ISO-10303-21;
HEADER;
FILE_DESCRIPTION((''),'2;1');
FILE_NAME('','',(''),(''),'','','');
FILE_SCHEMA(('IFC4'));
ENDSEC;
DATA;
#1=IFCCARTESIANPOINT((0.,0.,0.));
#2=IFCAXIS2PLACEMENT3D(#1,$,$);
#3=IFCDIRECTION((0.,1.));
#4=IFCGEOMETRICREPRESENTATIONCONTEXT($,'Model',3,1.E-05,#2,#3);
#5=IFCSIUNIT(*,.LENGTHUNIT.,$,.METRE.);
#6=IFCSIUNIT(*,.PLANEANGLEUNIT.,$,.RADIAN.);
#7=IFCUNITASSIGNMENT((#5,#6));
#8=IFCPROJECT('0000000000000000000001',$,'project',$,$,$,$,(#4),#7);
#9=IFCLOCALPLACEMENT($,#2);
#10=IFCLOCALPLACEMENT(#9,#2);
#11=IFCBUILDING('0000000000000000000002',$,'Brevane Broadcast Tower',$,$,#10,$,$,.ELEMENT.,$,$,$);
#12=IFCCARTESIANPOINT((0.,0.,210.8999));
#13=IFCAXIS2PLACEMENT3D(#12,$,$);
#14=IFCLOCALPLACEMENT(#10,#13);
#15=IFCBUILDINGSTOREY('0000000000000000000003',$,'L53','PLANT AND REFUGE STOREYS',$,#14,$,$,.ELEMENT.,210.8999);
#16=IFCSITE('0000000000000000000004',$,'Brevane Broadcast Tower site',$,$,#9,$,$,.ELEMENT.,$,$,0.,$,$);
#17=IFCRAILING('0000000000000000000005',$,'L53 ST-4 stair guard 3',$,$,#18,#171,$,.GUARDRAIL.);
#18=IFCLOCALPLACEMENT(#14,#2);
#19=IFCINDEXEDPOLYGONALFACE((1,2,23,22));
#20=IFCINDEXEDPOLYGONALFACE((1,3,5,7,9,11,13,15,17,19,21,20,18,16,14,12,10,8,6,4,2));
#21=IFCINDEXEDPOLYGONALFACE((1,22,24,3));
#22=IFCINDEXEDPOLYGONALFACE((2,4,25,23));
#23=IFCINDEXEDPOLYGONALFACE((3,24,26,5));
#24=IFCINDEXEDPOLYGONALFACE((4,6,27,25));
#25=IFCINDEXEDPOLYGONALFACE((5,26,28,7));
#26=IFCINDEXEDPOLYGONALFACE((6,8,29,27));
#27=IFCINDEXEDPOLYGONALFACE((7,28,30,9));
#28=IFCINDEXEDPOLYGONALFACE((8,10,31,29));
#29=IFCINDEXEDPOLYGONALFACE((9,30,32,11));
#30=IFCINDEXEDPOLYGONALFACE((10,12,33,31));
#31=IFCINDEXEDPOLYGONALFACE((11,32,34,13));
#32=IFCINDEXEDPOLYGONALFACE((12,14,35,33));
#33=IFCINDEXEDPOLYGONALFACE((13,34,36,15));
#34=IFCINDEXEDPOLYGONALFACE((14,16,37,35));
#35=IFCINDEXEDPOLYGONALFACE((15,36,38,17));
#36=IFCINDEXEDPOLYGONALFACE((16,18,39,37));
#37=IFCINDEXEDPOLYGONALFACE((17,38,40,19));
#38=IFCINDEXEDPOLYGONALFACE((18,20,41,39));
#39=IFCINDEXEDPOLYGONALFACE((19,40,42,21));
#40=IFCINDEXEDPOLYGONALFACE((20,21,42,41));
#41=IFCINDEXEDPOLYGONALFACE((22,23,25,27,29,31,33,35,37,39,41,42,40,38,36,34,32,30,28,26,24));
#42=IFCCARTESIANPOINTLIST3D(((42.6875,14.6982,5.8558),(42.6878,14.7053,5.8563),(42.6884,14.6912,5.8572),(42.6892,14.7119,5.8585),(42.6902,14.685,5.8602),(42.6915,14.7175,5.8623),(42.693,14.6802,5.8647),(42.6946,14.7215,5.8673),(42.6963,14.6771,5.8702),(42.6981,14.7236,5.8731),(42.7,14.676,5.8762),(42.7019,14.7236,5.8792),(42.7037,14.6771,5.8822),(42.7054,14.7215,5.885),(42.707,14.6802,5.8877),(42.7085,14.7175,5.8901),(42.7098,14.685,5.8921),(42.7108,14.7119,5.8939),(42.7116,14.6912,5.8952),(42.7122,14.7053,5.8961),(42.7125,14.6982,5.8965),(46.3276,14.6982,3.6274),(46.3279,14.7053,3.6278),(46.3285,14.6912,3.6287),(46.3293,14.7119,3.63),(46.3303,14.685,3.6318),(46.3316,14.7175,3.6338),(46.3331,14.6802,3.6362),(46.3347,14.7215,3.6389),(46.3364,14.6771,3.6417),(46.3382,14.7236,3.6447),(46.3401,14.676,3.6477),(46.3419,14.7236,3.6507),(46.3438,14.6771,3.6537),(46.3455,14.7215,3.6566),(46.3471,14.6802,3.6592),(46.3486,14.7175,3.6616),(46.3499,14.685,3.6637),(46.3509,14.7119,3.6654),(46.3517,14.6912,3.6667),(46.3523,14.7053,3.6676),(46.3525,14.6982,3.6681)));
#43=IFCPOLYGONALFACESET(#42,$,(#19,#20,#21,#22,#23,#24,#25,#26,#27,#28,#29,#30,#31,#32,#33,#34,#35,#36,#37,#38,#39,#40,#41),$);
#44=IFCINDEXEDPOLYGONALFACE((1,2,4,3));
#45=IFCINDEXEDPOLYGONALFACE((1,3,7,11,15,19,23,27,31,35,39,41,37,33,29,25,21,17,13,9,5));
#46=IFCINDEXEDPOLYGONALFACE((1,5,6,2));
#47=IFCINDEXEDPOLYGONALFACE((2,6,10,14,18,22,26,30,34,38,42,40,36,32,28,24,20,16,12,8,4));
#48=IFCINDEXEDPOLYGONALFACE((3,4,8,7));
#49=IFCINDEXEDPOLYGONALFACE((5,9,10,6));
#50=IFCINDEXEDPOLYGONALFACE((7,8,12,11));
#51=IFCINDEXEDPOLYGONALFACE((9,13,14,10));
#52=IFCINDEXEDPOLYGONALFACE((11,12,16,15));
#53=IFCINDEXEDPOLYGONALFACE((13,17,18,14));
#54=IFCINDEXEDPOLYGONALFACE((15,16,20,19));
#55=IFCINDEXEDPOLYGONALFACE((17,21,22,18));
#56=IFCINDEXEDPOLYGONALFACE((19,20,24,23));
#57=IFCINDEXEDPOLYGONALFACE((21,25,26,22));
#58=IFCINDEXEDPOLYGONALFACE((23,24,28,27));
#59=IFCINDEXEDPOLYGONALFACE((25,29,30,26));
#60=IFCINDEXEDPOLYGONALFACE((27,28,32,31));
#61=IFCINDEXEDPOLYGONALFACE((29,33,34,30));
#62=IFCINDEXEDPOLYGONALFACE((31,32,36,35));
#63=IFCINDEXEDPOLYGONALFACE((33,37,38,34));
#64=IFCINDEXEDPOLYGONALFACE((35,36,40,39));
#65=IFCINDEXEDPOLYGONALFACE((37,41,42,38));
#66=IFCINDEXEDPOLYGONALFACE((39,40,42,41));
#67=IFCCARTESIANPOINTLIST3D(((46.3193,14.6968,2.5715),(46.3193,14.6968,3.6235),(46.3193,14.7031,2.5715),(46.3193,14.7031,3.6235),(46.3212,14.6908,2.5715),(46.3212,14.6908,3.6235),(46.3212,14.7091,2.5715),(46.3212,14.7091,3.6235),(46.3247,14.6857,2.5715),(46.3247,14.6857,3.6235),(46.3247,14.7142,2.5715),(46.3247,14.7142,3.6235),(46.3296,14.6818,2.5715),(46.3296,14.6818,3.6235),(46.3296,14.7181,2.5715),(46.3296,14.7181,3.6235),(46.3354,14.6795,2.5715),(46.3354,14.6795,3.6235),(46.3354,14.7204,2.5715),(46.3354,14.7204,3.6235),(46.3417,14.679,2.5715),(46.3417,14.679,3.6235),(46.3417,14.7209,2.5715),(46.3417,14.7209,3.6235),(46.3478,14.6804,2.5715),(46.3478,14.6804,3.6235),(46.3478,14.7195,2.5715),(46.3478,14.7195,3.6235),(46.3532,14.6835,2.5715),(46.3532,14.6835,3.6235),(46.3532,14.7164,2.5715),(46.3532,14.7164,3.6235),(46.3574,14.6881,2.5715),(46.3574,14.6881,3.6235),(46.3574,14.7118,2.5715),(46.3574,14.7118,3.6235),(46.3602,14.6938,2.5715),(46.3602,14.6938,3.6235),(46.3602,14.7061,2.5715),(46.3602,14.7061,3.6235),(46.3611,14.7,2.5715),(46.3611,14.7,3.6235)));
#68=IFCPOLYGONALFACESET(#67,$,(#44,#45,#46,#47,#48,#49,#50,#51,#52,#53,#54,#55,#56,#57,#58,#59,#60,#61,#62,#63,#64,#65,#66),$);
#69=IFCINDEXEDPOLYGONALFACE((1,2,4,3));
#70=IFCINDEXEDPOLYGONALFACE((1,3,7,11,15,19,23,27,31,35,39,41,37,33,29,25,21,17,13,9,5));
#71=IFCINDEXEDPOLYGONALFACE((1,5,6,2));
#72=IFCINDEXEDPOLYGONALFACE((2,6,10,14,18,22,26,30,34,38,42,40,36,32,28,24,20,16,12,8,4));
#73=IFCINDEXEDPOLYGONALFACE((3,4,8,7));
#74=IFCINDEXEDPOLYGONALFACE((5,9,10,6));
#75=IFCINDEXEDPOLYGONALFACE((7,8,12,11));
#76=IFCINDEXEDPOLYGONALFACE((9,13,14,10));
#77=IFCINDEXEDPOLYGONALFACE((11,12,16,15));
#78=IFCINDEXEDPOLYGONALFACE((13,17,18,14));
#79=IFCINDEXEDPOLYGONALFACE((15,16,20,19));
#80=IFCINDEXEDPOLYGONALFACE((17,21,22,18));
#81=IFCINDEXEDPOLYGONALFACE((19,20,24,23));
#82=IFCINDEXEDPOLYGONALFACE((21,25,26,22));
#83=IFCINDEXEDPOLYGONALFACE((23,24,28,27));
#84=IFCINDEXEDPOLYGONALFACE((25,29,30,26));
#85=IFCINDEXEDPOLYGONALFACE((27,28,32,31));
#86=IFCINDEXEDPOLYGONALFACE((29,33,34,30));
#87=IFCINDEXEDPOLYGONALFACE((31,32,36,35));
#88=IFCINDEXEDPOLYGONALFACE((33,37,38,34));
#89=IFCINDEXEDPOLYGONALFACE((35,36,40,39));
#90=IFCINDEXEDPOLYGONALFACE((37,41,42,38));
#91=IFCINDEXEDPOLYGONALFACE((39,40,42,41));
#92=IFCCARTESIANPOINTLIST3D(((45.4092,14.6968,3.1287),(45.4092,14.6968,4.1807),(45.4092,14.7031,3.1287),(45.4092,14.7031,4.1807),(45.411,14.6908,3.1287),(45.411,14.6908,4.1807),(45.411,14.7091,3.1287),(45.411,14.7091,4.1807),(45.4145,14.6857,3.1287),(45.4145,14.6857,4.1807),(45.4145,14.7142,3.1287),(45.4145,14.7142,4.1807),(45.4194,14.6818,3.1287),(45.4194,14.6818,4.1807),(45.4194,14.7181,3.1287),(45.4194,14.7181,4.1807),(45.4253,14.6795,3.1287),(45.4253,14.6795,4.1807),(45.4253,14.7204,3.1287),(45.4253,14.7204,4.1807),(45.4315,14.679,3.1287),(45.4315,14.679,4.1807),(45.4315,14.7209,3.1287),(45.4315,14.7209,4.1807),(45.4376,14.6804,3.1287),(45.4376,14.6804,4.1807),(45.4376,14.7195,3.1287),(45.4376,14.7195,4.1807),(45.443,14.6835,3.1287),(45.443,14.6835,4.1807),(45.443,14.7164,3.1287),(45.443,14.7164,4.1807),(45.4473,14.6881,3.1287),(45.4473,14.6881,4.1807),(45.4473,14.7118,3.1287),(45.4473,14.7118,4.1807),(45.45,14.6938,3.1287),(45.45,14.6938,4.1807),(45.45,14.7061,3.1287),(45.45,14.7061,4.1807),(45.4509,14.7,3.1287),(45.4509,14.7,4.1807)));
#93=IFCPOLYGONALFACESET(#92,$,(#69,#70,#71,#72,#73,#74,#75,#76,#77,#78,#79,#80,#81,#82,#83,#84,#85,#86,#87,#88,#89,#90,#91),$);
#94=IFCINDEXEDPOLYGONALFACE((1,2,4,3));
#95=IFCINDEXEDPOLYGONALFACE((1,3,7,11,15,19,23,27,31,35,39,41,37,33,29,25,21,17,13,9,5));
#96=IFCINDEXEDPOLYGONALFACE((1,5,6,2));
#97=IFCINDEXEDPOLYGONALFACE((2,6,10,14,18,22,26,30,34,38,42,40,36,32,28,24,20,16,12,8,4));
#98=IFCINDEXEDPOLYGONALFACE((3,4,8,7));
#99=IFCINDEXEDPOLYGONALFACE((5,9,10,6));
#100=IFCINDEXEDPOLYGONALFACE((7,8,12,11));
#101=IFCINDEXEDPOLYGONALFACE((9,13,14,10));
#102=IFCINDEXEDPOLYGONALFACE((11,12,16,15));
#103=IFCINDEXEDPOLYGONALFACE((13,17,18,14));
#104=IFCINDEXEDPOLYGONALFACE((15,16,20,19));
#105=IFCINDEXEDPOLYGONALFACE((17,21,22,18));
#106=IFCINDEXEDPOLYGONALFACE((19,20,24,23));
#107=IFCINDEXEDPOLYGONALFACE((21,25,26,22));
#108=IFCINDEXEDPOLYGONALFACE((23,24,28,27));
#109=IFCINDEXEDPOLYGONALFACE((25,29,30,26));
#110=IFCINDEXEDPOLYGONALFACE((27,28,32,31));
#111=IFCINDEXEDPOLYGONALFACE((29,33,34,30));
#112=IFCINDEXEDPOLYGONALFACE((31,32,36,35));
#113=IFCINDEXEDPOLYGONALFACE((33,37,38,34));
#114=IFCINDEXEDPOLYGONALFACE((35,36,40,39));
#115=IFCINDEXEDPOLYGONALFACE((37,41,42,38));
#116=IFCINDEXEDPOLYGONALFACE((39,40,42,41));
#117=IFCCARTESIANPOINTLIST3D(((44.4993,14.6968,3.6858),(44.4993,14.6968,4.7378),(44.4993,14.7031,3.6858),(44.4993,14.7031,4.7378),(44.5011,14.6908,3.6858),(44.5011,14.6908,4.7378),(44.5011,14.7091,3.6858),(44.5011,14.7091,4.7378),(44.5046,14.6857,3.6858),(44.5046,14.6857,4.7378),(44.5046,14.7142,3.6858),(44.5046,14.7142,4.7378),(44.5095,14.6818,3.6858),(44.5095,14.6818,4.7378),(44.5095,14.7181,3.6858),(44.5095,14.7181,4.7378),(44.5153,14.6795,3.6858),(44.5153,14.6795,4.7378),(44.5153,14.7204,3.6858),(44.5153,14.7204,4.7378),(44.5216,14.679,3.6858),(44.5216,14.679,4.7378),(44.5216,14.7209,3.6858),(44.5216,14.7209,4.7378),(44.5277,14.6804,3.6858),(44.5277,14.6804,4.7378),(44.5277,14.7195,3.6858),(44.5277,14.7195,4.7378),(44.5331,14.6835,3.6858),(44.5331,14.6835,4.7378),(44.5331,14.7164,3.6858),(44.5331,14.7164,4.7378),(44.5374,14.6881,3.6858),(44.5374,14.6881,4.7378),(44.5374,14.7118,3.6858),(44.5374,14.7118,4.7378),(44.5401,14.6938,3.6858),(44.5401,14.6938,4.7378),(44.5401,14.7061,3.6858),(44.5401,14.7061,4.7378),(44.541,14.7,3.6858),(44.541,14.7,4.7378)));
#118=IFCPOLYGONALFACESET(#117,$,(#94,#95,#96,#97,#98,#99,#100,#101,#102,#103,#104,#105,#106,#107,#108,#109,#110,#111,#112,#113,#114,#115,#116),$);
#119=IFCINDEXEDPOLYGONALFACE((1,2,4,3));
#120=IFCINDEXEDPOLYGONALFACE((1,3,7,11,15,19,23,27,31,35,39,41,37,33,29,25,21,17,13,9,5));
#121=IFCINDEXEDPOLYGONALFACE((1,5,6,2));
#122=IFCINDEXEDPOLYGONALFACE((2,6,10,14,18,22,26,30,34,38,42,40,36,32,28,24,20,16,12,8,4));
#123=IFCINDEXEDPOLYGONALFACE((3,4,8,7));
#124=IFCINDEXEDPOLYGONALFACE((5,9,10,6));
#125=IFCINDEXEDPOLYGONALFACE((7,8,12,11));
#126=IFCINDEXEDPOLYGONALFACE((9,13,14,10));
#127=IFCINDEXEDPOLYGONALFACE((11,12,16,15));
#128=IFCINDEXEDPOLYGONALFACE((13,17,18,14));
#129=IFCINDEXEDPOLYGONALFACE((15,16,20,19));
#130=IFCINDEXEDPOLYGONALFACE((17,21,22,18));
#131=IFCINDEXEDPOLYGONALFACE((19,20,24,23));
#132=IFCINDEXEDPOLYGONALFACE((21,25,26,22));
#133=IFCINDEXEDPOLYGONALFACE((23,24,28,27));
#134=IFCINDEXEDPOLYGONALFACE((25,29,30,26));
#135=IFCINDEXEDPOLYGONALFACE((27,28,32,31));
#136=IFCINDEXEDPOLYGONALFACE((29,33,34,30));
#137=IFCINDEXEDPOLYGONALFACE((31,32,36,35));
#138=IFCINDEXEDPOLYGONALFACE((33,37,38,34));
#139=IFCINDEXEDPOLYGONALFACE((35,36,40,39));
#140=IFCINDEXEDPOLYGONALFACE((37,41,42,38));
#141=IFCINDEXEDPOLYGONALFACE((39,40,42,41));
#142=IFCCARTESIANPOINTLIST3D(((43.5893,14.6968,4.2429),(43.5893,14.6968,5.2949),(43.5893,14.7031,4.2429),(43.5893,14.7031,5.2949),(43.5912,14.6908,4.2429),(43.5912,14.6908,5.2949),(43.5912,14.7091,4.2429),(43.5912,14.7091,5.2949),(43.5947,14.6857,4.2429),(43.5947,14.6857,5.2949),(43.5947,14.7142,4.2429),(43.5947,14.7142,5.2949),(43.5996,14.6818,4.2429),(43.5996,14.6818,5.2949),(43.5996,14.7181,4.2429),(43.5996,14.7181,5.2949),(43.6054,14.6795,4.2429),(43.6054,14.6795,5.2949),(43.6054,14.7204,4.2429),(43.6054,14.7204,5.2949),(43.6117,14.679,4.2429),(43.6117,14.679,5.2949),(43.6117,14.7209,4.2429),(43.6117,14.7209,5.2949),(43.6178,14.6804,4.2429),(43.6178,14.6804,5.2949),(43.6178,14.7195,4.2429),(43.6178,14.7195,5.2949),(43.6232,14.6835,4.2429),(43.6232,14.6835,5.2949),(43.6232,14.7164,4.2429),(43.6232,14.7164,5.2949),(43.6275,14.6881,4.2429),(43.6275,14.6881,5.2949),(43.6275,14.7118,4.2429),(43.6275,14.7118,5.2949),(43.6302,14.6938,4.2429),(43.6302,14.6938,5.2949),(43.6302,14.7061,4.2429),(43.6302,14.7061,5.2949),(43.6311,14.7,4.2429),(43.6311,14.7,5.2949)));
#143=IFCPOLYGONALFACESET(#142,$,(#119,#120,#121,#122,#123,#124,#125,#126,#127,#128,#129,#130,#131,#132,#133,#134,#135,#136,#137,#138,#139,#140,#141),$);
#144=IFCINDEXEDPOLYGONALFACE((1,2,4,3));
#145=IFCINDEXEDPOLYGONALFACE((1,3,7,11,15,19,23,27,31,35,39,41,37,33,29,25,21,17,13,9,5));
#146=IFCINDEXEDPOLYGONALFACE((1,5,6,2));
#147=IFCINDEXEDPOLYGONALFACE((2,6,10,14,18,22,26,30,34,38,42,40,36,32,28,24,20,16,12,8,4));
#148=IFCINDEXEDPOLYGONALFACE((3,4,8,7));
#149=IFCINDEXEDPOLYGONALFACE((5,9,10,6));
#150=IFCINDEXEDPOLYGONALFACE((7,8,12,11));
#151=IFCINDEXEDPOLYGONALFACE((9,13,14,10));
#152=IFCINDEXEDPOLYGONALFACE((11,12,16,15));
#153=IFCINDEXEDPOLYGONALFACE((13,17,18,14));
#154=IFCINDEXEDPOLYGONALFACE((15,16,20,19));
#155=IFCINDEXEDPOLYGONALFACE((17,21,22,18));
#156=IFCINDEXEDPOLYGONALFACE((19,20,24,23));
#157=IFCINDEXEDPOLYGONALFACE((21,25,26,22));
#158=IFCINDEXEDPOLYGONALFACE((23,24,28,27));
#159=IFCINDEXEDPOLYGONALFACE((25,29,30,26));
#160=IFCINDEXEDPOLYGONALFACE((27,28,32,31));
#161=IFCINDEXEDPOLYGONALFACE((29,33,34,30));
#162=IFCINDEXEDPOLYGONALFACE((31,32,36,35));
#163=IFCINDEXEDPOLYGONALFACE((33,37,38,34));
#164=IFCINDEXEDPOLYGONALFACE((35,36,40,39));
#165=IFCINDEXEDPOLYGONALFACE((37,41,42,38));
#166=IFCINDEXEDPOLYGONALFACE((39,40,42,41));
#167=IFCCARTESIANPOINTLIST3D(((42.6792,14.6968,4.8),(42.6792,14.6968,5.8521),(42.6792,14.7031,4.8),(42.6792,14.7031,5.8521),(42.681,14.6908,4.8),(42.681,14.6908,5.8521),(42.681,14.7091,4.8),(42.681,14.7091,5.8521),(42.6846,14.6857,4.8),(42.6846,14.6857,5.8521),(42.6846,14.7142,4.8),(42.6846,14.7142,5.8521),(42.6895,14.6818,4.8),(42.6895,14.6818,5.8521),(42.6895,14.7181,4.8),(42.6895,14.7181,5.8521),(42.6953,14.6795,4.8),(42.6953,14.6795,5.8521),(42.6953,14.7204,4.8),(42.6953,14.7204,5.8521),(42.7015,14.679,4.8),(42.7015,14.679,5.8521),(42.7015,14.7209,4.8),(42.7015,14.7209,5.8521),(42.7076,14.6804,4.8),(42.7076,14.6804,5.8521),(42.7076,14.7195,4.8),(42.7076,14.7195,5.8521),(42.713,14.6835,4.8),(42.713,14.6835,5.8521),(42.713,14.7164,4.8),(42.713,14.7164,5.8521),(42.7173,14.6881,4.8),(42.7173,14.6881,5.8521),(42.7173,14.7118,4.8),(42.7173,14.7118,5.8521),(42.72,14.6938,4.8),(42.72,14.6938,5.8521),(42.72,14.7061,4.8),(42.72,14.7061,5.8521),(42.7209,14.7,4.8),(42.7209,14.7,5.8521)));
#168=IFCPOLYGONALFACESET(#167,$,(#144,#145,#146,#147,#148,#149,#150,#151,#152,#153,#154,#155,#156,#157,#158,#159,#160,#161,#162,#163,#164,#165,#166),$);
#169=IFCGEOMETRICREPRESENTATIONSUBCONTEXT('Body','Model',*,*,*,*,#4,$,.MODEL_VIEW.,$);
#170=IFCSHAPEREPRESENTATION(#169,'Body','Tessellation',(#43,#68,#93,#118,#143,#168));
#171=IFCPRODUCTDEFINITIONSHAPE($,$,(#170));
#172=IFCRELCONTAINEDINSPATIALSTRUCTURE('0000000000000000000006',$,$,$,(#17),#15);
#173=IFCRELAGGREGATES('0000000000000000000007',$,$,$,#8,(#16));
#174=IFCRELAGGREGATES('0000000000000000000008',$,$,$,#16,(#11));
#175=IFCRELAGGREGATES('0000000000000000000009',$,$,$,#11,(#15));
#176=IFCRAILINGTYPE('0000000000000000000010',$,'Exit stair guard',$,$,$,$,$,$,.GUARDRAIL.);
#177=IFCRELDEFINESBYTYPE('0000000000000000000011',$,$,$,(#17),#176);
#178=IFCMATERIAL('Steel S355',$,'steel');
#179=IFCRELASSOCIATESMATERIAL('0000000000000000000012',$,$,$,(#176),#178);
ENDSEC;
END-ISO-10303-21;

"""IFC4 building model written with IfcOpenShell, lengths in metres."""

from ifc_helpers import new_model, si_unit, direction, frame, origin, origin_2d, place, context, subcontext, project, spatial, circle, extrude, material, type_object, element, save


model = new_model("IFC4")

# Units and contexts
model_context = context("Model", 3, precision=1e-05, world=origin(), true_north=direction((0.0, 1.0)))
body_context = subcontext(model_context, "Body", "Model", "MODEL_VIEW")
ifc_project = project(units=[si_unit("LENGTHUNIT", "METRE"), si_unit("PLANEANGLEUNIT", "RADIAN")], contexts=[model_context])

# Site, building, storey
site_placement = place(None, origin())
site = spatial("IfcSite", under=ifc_project, at=site_placement, Name="Brevane Broadcast Tower site", CompositionType="ELEMENT", RefElevation=0.0)
building_placement = place(site_placement, origin())
building = spatial("IfcBuilding", under=site, at=building_placement, Name="Brevane Broadcast Tower", CompositionType="ELEMENT")
storey_placement = place(building_placement, frame((0.0, 0.0, 210.8999)))
storey = spatial("IfcBuildingStorey", under=building, at=storey_placement, Name="L53", Description="PLANT AND REFUGE STOREYS", CompositionType="ELEMENT", Elevation=210.8999)

# Shared definitions
ifc_material_1 = material(Name="Steel S355", Category="steel")

# Railing
railing_type_1 = type_object("IfcRailingType", Name="Exit stair guard", PredefinedType="GUARDRAIL", material=ifc_material_1)
railing_1_placement = place(storey_placement, frame((46.3401, 14.7, 2.5715)))
element("IfcRailing", 1, at=railing_1_placement, inside=storey, type_object=railing_type_1, Name="L53 ST-4 stair guard 3", PredefinedType="GUARDRAIL", context=body_context, shape_type="SweptSolid", body=[
    extrude(circle(Radius=0.0239, at=origin_2d()), frame((0.0, 0.0, 1.0762), z_axis=(-0.852866, 0.0, 0.52213), x_axis=(0.0, -1.0, 0.0)), (0.0, 0.0, 1.0), 4.2681),
    extrude(circle(Radius=0.021, at=origin_2d()), origin(), (0.0, 0.0, 1.0), 1.052),
    extrude(circle(Radius=0.021, at=origin_2d()), frame((-0.9102, 0.0, 0.5571)), (0.0, 0.0, 1.0), 1.052),
    extrude(circle(Radius=0.021, at=origin_2d()), frame((-1.8201, 0.0, 1.1143)), (0.0, 0.0, 1.0), 1.052),
    extrude(circle(Radius=0.021, at=origin_2d()), frame((-2.73, 0.0, 1.6714)), (0.0, 0.0, 1.0), 1.052),
    extrude(circle(Radius=0.021, at=origin_2d()), frame((-3.6401, 0.0, 2.2285)), (0.0, 0.0, 1.0), 1.052),
])

save(model, "model.ifc")
